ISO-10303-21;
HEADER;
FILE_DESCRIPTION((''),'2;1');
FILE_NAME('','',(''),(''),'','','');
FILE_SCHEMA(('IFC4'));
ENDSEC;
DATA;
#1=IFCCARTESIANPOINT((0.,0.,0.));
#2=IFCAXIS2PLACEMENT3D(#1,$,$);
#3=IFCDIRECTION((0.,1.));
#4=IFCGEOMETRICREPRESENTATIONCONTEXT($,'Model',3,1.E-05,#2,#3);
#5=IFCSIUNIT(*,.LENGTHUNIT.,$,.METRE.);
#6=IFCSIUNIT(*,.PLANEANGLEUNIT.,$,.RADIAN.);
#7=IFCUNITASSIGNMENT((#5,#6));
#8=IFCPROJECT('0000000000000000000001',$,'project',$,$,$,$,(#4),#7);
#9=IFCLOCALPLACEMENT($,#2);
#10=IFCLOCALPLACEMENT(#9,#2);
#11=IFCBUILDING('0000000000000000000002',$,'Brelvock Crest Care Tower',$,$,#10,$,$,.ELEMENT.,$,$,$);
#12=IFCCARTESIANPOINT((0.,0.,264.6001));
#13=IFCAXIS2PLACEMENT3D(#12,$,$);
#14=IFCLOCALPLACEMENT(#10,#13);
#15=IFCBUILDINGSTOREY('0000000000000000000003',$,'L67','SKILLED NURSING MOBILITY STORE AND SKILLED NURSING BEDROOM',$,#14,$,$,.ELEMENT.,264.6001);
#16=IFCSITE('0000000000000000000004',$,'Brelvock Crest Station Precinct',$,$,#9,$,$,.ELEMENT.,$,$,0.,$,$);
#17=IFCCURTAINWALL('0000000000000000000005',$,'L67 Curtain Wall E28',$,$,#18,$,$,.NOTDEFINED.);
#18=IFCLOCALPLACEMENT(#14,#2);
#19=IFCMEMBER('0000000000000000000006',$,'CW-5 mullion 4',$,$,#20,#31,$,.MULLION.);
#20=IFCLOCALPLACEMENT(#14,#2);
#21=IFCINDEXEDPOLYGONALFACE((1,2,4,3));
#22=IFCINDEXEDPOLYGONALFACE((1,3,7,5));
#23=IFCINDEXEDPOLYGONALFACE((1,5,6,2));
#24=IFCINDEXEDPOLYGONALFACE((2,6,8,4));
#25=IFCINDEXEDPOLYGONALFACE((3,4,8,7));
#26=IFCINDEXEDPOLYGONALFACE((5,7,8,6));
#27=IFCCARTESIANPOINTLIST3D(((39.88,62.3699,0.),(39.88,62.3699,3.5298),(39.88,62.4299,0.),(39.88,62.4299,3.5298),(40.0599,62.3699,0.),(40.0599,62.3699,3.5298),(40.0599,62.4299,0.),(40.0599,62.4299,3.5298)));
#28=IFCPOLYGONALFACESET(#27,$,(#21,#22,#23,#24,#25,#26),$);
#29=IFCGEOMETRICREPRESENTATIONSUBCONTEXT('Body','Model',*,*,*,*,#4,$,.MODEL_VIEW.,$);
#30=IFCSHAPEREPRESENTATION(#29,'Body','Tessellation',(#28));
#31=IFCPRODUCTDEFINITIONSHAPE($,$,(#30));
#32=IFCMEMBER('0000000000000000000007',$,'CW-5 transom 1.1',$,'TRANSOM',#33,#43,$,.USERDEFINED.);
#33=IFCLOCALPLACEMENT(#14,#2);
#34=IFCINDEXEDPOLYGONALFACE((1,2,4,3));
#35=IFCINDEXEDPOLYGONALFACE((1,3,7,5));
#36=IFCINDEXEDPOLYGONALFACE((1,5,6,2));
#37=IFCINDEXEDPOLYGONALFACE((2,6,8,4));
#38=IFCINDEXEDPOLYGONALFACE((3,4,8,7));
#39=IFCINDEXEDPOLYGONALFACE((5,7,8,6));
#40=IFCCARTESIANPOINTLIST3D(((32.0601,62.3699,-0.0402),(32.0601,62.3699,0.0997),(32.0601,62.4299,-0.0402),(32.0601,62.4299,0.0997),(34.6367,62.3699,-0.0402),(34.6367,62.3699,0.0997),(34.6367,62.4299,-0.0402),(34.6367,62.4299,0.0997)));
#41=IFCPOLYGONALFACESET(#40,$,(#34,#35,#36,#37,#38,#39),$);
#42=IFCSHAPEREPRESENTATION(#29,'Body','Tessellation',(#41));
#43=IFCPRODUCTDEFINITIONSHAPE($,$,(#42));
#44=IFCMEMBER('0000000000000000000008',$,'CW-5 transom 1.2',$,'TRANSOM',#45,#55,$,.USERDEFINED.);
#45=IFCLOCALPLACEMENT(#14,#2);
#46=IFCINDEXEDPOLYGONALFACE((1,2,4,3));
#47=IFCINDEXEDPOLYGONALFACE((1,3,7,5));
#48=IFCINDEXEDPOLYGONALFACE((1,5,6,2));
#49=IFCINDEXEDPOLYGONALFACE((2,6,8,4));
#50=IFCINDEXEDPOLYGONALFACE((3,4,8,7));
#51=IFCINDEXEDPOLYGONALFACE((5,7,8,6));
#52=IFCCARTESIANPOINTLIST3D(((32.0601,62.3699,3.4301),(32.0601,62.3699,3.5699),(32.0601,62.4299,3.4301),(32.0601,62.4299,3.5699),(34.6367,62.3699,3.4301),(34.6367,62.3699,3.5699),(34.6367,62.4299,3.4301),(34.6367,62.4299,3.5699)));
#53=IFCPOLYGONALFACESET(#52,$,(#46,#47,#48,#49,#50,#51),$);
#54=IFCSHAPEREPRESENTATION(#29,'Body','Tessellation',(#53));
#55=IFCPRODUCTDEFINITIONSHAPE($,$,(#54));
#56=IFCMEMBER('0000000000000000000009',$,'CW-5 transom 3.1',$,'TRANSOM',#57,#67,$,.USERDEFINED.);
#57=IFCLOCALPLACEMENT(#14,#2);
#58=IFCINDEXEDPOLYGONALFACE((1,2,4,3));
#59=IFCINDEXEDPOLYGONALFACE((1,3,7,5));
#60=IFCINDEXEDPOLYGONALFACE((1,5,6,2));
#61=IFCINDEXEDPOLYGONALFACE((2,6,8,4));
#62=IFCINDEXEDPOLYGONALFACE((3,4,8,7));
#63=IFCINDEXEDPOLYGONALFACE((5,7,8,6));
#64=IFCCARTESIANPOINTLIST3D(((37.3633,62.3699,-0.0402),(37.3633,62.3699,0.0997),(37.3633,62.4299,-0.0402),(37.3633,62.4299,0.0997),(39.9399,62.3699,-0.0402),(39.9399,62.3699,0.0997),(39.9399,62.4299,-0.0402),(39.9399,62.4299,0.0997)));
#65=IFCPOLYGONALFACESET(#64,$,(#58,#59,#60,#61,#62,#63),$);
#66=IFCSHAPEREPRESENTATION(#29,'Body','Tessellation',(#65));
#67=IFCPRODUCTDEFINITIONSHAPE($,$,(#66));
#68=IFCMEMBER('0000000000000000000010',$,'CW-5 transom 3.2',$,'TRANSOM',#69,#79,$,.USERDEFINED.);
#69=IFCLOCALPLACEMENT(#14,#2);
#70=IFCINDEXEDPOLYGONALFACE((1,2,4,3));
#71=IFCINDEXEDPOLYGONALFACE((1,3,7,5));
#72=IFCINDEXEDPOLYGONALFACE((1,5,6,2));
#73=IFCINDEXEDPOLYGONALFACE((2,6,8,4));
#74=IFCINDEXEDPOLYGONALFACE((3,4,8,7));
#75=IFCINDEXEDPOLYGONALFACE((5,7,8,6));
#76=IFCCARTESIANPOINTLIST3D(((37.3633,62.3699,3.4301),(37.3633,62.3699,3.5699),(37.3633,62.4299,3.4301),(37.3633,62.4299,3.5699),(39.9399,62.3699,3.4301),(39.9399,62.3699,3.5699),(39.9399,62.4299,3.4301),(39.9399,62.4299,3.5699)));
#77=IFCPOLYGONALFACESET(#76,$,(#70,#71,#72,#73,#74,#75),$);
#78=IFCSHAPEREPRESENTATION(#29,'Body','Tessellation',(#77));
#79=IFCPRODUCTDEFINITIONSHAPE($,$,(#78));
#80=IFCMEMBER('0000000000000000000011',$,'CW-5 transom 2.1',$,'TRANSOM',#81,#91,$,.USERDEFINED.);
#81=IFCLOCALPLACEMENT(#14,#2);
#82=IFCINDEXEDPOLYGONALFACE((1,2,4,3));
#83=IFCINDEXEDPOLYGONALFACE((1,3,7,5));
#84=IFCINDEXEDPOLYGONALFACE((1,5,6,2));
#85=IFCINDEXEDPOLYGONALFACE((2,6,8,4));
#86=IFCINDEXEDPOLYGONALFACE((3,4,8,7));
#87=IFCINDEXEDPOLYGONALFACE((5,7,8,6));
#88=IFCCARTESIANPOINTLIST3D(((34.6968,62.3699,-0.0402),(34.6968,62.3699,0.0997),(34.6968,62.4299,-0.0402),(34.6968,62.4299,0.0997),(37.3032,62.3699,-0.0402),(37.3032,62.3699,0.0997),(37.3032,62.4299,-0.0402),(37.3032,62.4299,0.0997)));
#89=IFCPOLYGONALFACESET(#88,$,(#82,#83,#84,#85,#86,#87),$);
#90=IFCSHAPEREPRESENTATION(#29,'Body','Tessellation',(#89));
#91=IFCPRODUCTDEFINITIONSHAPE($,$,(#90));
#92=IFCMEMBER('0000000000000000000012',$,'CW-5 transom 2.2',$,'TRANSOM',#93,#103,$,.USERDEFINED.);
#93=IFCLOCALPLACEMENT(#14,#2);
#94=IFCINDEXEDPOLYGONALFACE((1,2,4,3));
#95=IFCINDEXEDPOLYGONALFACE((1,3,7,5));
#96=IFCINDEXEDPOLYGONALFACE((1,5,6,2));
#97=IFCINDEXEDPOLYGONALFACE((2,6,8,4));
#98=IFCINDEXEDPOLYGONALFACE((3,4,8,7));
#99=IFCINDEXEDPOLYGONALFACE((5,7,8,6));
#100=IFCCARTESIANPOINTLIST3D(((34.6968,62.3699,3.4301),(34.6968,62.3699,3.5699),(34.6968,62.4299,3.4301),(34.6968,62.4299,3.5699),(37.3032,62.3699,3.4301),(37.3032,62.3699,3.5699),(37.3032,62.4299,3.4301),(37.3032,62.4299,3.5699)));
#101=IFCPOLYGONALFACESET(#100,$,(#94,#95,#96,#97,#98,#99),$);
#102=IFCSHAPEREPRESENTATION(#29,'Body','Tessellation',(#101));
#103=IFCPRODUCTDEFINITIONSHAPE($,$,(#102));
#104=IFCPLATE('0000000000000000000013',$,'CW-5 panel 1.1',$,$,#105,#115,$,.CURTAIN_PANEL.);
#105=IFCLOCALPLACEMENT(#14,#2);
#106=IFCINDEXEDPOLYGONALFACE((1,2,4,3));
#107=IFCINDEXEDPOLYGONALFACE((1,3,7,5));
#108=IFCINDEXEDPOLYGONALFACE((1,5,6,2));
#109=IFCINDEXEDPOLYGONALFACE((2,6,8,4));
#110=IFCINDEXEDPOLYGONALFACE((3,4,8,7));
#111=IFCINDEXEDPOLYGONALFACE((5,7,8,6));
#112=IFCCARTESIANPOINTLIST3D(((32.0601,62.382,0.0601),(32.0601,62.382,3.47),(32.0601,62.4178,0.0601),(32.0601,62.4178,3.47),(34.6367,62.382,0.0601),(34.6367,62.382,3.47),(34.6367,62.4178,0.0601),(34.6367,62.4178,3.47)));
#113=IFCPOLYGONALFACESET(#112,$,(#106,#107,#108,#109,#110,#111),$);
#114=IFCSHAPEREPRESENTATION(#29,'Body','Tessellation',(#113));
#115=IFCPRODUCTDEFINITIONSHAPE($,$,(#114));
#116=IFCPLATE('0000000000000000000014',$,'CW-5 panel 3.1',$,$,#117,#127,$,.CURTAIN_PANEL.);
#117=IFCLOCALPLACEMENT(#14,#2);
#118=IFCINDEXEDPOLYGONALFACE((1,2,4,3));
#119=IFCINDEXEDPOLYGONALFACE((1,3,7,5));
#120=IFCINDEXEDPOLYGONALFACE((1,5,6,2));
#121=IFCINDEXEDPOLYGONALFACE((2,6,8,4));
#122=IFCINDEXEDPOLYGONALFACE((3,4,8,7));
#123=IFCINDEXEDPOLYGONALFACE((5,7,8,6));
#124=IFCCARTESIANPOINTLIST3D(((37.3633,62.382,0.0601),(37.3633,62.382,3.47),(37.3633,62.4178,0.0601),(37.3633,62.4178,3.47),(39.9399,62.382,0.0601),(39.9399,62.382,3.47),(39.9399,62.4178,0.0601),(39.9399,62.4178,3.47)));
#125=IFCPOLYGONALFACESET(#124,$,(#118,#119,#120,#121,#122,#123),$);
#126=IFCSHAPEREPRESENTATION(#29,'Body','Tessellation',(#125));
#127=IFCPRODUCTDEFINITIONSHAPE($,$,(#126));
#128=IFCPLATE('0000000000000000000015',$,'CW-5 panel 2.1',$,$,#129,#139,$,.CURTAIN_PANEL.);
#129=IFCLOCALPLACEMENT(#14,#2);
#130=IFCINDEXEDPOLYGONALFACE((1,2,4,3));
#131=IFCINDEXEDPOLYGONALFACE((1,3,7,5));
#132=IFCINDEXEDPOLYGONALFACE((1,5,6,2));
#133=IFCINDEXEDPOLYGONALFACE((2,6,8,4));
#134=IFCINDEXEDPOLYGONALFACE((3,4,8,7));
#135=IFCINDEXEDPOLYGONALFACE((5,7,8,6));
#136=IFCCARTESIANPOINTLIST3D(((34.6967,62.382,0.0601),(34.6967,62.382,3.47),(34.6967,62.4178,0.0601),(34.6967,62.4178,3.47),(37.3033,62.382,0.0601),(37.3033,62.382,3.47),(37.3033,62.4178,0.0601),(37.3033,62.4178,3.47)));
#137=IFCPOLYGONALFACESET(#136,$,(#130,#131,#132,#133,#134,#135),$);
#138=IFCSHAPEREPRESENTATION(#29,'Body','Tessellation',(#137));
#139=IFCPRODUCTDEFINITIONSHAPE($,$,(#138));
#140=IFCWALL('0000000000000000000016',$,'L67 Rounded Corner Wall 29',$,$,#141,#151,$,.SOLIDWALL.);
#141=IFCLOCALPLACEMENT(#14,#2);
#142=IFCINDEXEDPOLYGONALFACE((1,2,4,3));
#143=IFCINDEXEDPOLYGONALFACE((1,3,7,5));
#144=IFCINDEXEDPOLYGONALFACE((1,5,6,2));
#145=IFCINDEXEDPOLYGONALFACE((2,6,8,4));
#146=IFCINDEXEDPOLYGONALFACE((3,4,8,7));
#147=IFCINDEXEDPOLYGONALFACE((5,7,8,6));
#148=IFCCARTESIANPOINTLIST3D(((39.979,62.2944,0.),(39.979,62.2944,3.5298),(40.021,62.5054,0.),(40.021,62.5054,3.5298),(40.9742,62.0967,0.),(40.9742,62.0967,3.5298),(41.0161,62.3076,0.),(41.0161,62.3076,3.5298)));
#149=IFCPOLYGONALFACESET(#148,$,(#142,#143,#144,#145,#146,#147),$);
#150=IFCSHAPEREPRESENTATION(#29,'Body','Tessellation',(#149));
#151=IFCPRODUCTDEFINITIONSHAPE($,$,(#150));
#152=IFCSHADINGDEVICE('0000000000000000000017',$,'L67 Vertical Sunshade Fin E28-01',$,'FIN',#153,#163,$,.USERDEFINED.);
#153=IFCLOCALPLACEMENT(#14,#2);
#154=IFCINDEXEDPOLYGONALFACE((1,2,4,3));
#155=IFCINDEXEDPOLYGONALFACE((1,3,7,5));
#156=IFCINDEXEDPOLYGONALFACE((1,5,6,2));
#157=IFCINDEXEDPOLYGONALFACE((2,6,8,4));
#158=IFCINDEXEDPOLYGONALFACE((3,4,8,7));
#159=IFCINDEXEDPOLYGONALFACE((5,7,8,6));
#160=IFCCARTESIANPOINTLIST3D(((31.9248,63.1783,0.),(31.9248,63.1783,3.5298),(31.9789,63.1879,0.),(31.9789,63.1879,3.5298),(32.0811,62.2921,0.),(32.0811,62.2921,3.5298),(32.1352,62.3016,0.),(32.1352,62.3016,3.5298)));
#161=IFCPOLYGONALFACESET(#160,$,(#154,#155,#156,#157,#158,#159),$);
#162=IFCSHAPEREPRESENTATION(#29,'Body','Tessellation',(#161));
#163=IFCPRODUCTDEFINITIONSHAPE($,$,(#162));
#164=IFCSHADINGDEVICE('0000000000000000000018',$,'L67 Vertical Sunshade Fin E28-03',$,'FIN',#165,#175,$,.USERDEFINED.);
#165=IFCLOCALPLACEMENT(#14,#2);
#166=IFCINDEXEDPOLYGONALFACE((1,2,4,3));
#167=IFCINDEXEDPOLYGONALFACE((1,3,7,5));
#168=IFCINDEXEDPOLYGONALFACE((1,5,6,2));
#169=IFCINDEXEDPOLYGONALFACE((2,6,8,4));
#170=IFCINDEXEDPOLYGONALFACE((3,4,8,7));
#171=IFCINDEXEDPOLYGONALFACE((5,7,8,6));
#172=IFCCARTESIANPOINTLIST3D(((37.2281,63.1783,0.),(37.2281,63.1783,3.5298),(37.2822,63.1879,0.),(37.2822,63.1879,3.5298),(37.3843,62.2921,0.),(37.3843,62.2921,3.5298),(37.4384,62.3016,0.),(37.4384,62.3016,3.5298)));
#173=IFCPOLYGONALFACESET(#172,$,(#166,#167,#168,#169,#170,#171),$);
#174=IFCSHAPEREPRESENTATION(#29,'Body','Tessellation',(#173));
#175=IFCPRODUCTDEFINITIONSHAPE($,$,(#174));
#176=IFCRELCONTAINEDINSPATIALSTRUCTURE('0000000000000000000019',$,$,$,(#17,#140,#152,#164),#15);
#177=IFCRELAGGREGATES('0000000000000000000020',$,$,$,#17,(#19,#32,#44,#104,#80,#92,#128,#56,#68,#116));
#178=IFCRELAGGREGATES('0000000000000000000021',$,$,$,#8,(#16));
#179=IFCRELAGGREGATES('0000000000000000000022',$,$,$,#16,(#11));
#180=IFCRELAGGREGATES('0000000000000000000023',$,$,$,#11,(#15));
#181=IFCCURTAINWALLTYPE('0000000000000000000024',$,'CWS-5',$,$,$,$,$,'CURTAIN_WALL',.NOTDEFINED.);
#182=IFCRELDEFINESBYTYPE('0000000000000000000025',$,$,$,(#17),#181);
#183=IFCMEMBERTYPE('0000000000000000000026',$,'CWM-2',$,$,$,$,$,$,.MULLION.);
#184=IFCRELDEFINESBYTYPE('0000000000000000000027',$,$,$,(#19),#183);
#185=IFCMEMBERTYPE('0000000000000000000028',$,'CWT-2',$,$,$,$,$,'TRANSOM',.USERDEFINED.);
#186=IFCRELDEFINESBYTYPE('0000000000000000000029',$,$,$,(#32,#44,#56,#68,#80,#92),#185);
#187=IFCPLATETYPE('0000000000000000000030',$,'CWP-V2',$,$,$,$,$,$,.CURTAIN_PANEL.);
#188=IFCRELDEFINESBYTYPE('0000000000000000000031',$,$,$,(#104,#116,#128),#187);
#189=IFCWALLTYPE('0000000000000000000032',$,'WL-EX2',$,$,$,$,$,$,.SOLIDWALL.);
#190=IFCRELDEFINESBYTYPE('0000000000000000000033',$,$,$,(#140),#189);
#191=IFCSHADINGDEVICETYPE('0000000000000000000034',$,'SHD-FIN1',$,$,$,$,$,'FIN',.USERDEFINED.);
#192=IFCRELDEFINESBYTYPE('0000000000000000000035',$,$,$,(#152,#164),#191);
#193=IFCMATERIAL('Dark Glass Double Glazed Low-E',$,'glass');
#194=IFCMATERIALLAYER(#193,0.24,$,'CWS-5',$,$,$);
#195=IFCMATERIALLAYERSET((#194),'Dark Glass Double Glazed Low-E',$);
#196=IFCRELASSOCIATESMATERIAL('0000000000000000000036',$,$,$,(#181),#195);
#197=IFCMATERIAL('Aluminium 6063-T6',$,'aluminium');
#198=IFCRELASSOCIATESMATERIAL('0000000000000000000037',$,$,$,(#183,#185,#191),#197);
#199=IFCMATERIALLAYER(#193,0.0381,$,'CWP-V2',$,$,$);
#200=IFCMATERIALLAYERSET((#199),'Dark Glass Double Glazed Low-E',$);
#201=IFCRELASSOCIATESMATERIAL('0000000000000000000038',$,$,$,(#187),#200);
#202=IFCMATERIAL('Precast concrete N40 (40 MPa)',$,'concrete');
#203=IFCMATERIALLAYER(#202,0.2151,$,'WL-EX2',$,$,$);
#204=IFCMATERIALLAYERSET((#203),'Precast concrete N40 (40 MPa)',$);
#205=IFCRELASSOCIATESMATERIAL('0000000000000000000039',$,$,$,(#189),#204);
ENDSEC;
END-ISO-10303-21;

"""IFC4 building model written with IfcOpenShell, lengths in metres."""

from ifc_helpers import new_model, si_unit, direction, frame, frame_2d, origin, origin_2d, place, context, subcontext, project, spatial, rectangle, extrude, source, transform, mapped, material, layer, layer_set, material_profile, profile_set, type_object, element, aggregate, save


model = new_model("IFC4")

# Units and contexts
model_context = context("Model", 3, precision=1e-05, world=origin(), true_north=direction((0.0, 1.0)))
body_context = subcontext(model_context, "Body", "Model", "MODEL_VIEW")
ifc_project = project(units=[si_unit("LENGTHUNIT", "METRE"), si_unit("PLANEANGLEUNIT", "RADIAN")], contexts=[model_context])

# Site, building, storey
site_placement = place(None, origin())
site = spatial("IfcSite", under=ifc_project, at=site_placement, Name="Brelvock Crest Station Precinct", CompositionType="ELEMENT", RefElevation=0.0)
building_placement = place(site_placement, origin())
building = spatial("IfcBuilding", under=site, at=building_placement, Name="Brelvock Crest Care Tower", CompositionType="ELEMENT")
storey_placement = place(building_placement, frame((0.0, 0.0, 264.6001)))
storey = spatial("IfcBuildingStorey", under=building, at=storey_placement, Name="L67", Description="SKILLED NURSING MOBILITY STORE AND SKILLED NURSING BEDROOM", CompositionType="ELEMENT", Elevation=264.6001)

# Curtain wall, members, plates
ifc_material_1 = material(Name="Dark Glass Double Glazed Low-E", Category="glass")
ifc_layer_1 = layer(ifc_material_1, 0.24, Name="CWS-5")
ifc_layer_set_1 = layer_set([ifc_layer_1], Name="Dark Glass Double Glazed Low-E")
curtain_wall_type = type_object("IfcCurtainWallType", Name="CWS-5", ElementType="CURTAIN_WALL", PredefinedType="NOTDEFINED", material=ifc_layer_set_1)
curtain_wall_placement = place(storey_placement, origin())
curtain_wall = element("IfcCurtainWall", 1, at=curtain_wall_placement, inside=storey, type_object=curtain_wall_type, Name="L67 Curtain Wall E28", PredefinedType="NOTDEFINED")
ifc_material_2 = material(Name="Aluminium 6063-T6", Category="aluminium")
ifc_material_profile_1 = material_profile(ifc_material_2, rectangle(XDim=0.0601, YDim=0.1799, at=origin_2d()), Name="ALU60x180")
ifc_profile_set_1 = profile_set([ifc_material_profile_1], Name="Aluminium 6063-T6")
member_type_1 = type_object("IfcMemberType", Name="CWM-2", PredefinedType="MULLION", material=ifc_profile_set_1)
shared_shape_1 = source(origin(), body_context, "Body", "SweptSolid", [
    extrude(rectangle(XDim=0.0601, YDim=0.1799, at=origin_2d()), origin(), (0.0, 0.0, 1.0), 3.5298),
])
member_1_placement = place(storey_placement, frame((39.97, 62.3999, 0.0), z_axis=(0.0, 0.0, 1.0), x_axis=(0.0, 1.0, 0.0)))
member_1 = element("IfcMember", 2, at=member_1_placement, type_object=member_type_1, Name="CW-5 mullion 4", PredefinedType="MULLION", context=body_context, shape_type="MappedRepresentation", body=[
    mapped(shared_shape_1, transform((0.0, 0.0, 0.0), x_axis=(1.0, 0.0, 0.0), y_axis=(0.0, 1.0, 0.0), z_axis=(0.0, 0.0, 1.0), scale=1.0)),
])
ifc_material_profile_2 = material_profile(ifc_material_2, rectangle(XDim=0.0601, YDim=0.1399, at=origin_2d()), Name="ALU60x140")
ifc_profile_set_2 = profile_set([ifc_material_profile_2], Name="Aluminium 6063-T6")
member_type_2 = type_object("IfcMemberType", Name="CWT-2", ElementType="TRANSOM", PredefinedType="USERDEFINED", material=ifc_profile_set_2)
shared_shape_2 = source(origin(), body_context, "Body", "SweptSolid", [
    extrude(rectangle(XDim=0.0601, YDim=0.1399, at=origin_2d()), origin(), (0.0, 0.0, 1.0), 2.5767),
])
member_2_placement = place(storey_placement, frame((32.0601, 62.3999, 0.0298), z_axis=(1.0, 0.0, 0.0), x_axis=(0.0, 1.0, 0.0)))
member_2 = element("IfcMember", 3, at=member_2_placement, type_object=member_type_2, Name="CW-5 transom 1.1", ObjectType="TRANSOM", PredefinedType="USERDEFINED", context=body_context, shape_type="MappedRepresentation", body=[
    mapped(shared_shape_2, transform((0.0, 0.0, 0.0), x_axis=(1.0, 0.0, 0.0), y_axis=(0.0, 1.0, 0.0), z_axis=(0.0, 0.0, 1.0), scale=1.0)),
])
member_3_placement = place(storey_placement, frame((32.0601, 62.3999, 3.5), z_axis=(1.0, 0.0, 0.0), x_axis=(0.0, 1.0, 0.0)))
member_3 = element("IfcMember", 4, at=member_3_placement, type_object=member_type_2, Name="CW-5 transom 1.2", ObjectType="TRANSOM", PredefinedType="USERDEFINED", context=body_context, shape_type="MappedRepresentation", body=[
    mapped(shared_shape_2, transform((0.0, 0.0, 0.0), x_axis=(1.0, 0.0, 0.0), y_axis=(0.0, 1.0, 0.0), z_axis=(0.0, 0.0, 1.0), scale=1.0)),
])
member_4_placement = place(storey_placement, frame((37.3633, 62.3999, 0.0298), z_axis=(1.0, 0.0, 0.0), x_axis=(0.0, 1.0, 0.0)))
member_4 = element("IfcMember", 5, at=member_4_placement, type_object=member_type_2, Name="CW-5 transom 3.1", ObjectType="TRANSOM", PredefinedType="USERDEFINED", context=body_context, shape_type="MappedRepresentation", body=[
    mapped(shared_shape_2, transform((0.0, 0.0, 0.0), x_axis=(1.0, 0.0, 0.0), y_axis=(0.0, 1.0, 0.0), z_axis=(0.0, 0.0, 1.0), scale=1.0)),
])
member_5_placement = place(storey_placement, frame((37.3633, 62.3999, 3.5), z_axis=(1.0, 0.0, 0.0), x_axis=(0.0, 1.0, 0.0)))
member_5 = element("IfcMember", 6, at=member_5_placement, type_object=member_type_2, Name="CW-5 transom 3.2", ObjectType="TRANSOM", PredefinedType="USERDEFINED", context=body_context, shape_type="MappedRepresentation", body=[
    mapped(shared_shape_2, transform((0.0, 0.0, 0.0), x_axis=(1.0, 0.0, 0.0), y_axis=(0.0, 1.0, 0.0), z_axis=(0.0, 0.0, 1.0), scale=1.0)),
])
shared_shape_3 = source(origin(), body_context, "Body", "SweptSolid", [
    extrude(rectangle(XDim=0.0601, YDim=0.1399, at=origin_2d()), origin(), (0.0, 0.0, 1.0), 2.6064),
])
member_6_placement = place(storey_placement, frame((34.6968, 62.3999, 0.0298), z_axis=(1.0, 0.0, 0.0), x_axis=(0.0, 1.0, 0.0)))
member_6 = element("IfcMember", 7, at=member_6_placement, type_object=member_type_2, Name="CW-5 transom 2.1", ObjectType="TRANSOM", PredefinedType="USERDEFINED", context=body_context, shape_type="MappedRepresentation", body=[
    mapped(shared_shape_3, transform((0.0, 0.0, 0.0), x_axis=(1.0, 0.0, 0.0), y_axis=(0.0, 1.0, 0.0), z_axis=(0.0, 0.0, 1.0), scale=1.0)),
])
member_7_placement = place(storey_placement, frame((34.6968, 62.3999, 3.5), z_axis=(1.0, 0.0, 0.0), x_axis=(0.0, 1.0, 0.0)))
member_7 = element("IfcMember", 8, at=member_7_placement, type_object=member_type_2, Name="CW-5 transom 2.2", ObjectType="TRANSOM", PredefinedType="USERDEFINED", context=body_context, shape_type="MappedRepresentation", body=[
    mapped(shared_shape_3, transform((0.0, 0.0, 0.0), x_axis=(1.0, 0.0, 0.0), y_axis=(0.0, 1.0, 0.0), z_axis=(0.0, 0.0, 1.0), scale=1.0)),
])
ifc_layer_2 = layer(ifc_material_1, 0.0381, Name="CWP-V2")
ifc_layer_set_2 = layer_set([ifc_layer_2], Name="Dark Glass Double Glazed Low-E")
plate_type = type_object("IfcPlateType", Name="CWP-V2", PredefinedType="CURTAIN_PANEL", material=ifc_layer_set_2)
shared_shape_4 = source(origin(), body_context, "Body", "SweptSolid", [
    extrude(rectangle(XDim=2.5767, YDim=0.0359, at=origin_2d()), origin(), (0.0, 0.0, 1.0), 3.4099),
])
plate_1_placement = place(storey_placement, frame((33.3484, 62.3999, 0.0601), z_axis=(0.0, 0.0, 1.0), x_axis=(1.0, 0.0, 0.0)))
plate_1 = element("IfcPlate", 9, at=plate_1_placement, type_object=plate_type, Name="CW-5 panel 1.1", PredefinedType="CURTAIN_PANEL", context=body_context, shape_type="MappedRepresentation", body=[
    mapped(shared_shape_4, transform((0.0, 0.0, 0.0), x_axis=(1.0, 0.0, 0.0), y_axis=(0.0, 1.0, 0.0), z_axis=(0.0, 0.0, 1.0), scale=1.0)),
])
plate_2_placement = place(storey_placement, frame((38.6516, 62.3999, 0.0601), z_axis=(0.0, 0.0, 1.0), x_axis=(1.0, 0.0, 0.0)))
plate_2 = element("IfcPlate", 10, at=plate_2_placement, type_object=plate_type, Name="CW-5 panel 3.1", PredefinedType="CURTAIN_PANEL", context=body_context, shape_type="MappedRepresentation", body=[
    mapped(shared_shape_4, transform((0.0, 0.0, 0.0), x_axis=(1.0, 0.0, 0.0), y_axis=(0.0, 1.0, 0.0), z_axis=(0.0, 0.0, 1.0), scale=1.0)),
])
shared_shape_5 = source(origin(), body_context, "Body", "SweptSolid", [
    extrude(rectangle(XDim=2.6067, YDim=0.0359, at=origin_2d()), origin(), (0.0, 0.0, 1.0), 3.4099),
])
plate_3_placement = place(storey_placement, frame((36.0, 62.3999, 0.0601), z_axis=(0.0, 0.0, 1.0), x_axis=(1.0, 0.0, 0.0)))
plate_3 = element("IfcPlate", 11, at=plate_3_placement, type_object=plate_type, Name="CW-5 panel 2.1", PredefinedType="CURTAIN_PANEL", context=body_context, shape_type="MappedRepresentation", body=[
    mapped(shared_shape_5, transform((0.0, 0.0, 0.0), x_axis=(1.0, 0.0, 0.0), y_axis=(0.0, 1.0, 0.0), z_axis=(0.0, 0.0, 1.0), scale=1.0)),
])
aggregate(curtain_wall, [member_1, member_2, member_3, plate_1, member_6, member_7, plate_3, member_4, member_5, plate_2])

# Wall
ifc_material_3 = material(Name="Precast concrete N40 (40 MPa)", Category="concrete")
ifc_layer_3 = layer(ifc_material_3, 0.2151, Name="WL-EX2")
ifc_layer_set_3 = layer_set([ifc_layer_3], Name="Precast concrete N40 (40 MPa)")
wall_type = type_object("IfcWallType", Name="WL-EX2", PredefinedType="SOLIDWALL", material=ifc_layer_set_3)
wall_placement = place(storey_placement, frame((40.0, 62.3999, 0.0), z_axis=(0.0, 0.0, 1.0), x_axis=(0.980821, -0.194913, 0.0)))
element("IfcWall", 12, at=wall_placement, inside=storey, type_object=wall_type, Name="L67 Rounded Corner Wall 29", PredefinedType="SOLIDWALL", context=body_context, shape_type="SweptSolid", body=[
    extrude(rectangle(XDim=1.0146, YDim=0.2151, at=frame_2d((0.5073, 0.0))), origin(), (0.0, 0.0, 1.0), 3.5298),
])

# Shading devices
ifc_material_profile_3 = material_profile(ifc_material_2, rectangle(XDim=0.0549, YDim=0.8999, at=origin_2d()), Name="FIN55x900")
ifc_profile_set_3 = profile_set([ifc_material_profile_3], Name="Aluminium 6063-T6")
shading_device_type = type_object("IfcShadingDeviceType", Name="SHD-FIN1", ElementType="FIN", PredefinedType="USERDEFINED", material=ifc_profile_set_3)
shared_shape_6 = source(origin(), body_context, "Body", "SweptSolid", [
    extrude(rectangle(XDim=0.0549, YDim=0.8999, at=origin_2d()), origin(), (0.0, 0.0, 1.0), 3.5298),
])
for number, where, z_axis, x_axis, name in (
    (13, (32.03, 62.74, 0.0), (0.0, 0.0, 1.0), (0.984808, 0.173648, 0.0), "L67 Vertical Sunshade Fin E28-01"),
    (14, (37.3333, 62.74, 0.0), (0.0, 0.0, 1.0), (0.984808, 0.173648, 0.0), "L67 Vertical Sunshade Fin E28-03"),
):
    element("IfcShadingDevice", number, at=place(storey_placement, frame(where, z_axis=z_axis, x_axis=x_axis)), inside=storey, type_object=shading_device_type, Name=name, ObjectType="FIN", PredefinedType="USERDEFINED", context=body_context, shape_type="MappedRepresentation", body=[
        mapped(shared_shape_6, transform((0.0, 0.0, 0.0), x_axis=(1.0, 0.0, 0.0), y_axis=(0.0, 1.0, 0.0), z_axis=(0.0, 0.0, 1.0), scale=1.0)),
    ])

save(model, "model.ifc")
